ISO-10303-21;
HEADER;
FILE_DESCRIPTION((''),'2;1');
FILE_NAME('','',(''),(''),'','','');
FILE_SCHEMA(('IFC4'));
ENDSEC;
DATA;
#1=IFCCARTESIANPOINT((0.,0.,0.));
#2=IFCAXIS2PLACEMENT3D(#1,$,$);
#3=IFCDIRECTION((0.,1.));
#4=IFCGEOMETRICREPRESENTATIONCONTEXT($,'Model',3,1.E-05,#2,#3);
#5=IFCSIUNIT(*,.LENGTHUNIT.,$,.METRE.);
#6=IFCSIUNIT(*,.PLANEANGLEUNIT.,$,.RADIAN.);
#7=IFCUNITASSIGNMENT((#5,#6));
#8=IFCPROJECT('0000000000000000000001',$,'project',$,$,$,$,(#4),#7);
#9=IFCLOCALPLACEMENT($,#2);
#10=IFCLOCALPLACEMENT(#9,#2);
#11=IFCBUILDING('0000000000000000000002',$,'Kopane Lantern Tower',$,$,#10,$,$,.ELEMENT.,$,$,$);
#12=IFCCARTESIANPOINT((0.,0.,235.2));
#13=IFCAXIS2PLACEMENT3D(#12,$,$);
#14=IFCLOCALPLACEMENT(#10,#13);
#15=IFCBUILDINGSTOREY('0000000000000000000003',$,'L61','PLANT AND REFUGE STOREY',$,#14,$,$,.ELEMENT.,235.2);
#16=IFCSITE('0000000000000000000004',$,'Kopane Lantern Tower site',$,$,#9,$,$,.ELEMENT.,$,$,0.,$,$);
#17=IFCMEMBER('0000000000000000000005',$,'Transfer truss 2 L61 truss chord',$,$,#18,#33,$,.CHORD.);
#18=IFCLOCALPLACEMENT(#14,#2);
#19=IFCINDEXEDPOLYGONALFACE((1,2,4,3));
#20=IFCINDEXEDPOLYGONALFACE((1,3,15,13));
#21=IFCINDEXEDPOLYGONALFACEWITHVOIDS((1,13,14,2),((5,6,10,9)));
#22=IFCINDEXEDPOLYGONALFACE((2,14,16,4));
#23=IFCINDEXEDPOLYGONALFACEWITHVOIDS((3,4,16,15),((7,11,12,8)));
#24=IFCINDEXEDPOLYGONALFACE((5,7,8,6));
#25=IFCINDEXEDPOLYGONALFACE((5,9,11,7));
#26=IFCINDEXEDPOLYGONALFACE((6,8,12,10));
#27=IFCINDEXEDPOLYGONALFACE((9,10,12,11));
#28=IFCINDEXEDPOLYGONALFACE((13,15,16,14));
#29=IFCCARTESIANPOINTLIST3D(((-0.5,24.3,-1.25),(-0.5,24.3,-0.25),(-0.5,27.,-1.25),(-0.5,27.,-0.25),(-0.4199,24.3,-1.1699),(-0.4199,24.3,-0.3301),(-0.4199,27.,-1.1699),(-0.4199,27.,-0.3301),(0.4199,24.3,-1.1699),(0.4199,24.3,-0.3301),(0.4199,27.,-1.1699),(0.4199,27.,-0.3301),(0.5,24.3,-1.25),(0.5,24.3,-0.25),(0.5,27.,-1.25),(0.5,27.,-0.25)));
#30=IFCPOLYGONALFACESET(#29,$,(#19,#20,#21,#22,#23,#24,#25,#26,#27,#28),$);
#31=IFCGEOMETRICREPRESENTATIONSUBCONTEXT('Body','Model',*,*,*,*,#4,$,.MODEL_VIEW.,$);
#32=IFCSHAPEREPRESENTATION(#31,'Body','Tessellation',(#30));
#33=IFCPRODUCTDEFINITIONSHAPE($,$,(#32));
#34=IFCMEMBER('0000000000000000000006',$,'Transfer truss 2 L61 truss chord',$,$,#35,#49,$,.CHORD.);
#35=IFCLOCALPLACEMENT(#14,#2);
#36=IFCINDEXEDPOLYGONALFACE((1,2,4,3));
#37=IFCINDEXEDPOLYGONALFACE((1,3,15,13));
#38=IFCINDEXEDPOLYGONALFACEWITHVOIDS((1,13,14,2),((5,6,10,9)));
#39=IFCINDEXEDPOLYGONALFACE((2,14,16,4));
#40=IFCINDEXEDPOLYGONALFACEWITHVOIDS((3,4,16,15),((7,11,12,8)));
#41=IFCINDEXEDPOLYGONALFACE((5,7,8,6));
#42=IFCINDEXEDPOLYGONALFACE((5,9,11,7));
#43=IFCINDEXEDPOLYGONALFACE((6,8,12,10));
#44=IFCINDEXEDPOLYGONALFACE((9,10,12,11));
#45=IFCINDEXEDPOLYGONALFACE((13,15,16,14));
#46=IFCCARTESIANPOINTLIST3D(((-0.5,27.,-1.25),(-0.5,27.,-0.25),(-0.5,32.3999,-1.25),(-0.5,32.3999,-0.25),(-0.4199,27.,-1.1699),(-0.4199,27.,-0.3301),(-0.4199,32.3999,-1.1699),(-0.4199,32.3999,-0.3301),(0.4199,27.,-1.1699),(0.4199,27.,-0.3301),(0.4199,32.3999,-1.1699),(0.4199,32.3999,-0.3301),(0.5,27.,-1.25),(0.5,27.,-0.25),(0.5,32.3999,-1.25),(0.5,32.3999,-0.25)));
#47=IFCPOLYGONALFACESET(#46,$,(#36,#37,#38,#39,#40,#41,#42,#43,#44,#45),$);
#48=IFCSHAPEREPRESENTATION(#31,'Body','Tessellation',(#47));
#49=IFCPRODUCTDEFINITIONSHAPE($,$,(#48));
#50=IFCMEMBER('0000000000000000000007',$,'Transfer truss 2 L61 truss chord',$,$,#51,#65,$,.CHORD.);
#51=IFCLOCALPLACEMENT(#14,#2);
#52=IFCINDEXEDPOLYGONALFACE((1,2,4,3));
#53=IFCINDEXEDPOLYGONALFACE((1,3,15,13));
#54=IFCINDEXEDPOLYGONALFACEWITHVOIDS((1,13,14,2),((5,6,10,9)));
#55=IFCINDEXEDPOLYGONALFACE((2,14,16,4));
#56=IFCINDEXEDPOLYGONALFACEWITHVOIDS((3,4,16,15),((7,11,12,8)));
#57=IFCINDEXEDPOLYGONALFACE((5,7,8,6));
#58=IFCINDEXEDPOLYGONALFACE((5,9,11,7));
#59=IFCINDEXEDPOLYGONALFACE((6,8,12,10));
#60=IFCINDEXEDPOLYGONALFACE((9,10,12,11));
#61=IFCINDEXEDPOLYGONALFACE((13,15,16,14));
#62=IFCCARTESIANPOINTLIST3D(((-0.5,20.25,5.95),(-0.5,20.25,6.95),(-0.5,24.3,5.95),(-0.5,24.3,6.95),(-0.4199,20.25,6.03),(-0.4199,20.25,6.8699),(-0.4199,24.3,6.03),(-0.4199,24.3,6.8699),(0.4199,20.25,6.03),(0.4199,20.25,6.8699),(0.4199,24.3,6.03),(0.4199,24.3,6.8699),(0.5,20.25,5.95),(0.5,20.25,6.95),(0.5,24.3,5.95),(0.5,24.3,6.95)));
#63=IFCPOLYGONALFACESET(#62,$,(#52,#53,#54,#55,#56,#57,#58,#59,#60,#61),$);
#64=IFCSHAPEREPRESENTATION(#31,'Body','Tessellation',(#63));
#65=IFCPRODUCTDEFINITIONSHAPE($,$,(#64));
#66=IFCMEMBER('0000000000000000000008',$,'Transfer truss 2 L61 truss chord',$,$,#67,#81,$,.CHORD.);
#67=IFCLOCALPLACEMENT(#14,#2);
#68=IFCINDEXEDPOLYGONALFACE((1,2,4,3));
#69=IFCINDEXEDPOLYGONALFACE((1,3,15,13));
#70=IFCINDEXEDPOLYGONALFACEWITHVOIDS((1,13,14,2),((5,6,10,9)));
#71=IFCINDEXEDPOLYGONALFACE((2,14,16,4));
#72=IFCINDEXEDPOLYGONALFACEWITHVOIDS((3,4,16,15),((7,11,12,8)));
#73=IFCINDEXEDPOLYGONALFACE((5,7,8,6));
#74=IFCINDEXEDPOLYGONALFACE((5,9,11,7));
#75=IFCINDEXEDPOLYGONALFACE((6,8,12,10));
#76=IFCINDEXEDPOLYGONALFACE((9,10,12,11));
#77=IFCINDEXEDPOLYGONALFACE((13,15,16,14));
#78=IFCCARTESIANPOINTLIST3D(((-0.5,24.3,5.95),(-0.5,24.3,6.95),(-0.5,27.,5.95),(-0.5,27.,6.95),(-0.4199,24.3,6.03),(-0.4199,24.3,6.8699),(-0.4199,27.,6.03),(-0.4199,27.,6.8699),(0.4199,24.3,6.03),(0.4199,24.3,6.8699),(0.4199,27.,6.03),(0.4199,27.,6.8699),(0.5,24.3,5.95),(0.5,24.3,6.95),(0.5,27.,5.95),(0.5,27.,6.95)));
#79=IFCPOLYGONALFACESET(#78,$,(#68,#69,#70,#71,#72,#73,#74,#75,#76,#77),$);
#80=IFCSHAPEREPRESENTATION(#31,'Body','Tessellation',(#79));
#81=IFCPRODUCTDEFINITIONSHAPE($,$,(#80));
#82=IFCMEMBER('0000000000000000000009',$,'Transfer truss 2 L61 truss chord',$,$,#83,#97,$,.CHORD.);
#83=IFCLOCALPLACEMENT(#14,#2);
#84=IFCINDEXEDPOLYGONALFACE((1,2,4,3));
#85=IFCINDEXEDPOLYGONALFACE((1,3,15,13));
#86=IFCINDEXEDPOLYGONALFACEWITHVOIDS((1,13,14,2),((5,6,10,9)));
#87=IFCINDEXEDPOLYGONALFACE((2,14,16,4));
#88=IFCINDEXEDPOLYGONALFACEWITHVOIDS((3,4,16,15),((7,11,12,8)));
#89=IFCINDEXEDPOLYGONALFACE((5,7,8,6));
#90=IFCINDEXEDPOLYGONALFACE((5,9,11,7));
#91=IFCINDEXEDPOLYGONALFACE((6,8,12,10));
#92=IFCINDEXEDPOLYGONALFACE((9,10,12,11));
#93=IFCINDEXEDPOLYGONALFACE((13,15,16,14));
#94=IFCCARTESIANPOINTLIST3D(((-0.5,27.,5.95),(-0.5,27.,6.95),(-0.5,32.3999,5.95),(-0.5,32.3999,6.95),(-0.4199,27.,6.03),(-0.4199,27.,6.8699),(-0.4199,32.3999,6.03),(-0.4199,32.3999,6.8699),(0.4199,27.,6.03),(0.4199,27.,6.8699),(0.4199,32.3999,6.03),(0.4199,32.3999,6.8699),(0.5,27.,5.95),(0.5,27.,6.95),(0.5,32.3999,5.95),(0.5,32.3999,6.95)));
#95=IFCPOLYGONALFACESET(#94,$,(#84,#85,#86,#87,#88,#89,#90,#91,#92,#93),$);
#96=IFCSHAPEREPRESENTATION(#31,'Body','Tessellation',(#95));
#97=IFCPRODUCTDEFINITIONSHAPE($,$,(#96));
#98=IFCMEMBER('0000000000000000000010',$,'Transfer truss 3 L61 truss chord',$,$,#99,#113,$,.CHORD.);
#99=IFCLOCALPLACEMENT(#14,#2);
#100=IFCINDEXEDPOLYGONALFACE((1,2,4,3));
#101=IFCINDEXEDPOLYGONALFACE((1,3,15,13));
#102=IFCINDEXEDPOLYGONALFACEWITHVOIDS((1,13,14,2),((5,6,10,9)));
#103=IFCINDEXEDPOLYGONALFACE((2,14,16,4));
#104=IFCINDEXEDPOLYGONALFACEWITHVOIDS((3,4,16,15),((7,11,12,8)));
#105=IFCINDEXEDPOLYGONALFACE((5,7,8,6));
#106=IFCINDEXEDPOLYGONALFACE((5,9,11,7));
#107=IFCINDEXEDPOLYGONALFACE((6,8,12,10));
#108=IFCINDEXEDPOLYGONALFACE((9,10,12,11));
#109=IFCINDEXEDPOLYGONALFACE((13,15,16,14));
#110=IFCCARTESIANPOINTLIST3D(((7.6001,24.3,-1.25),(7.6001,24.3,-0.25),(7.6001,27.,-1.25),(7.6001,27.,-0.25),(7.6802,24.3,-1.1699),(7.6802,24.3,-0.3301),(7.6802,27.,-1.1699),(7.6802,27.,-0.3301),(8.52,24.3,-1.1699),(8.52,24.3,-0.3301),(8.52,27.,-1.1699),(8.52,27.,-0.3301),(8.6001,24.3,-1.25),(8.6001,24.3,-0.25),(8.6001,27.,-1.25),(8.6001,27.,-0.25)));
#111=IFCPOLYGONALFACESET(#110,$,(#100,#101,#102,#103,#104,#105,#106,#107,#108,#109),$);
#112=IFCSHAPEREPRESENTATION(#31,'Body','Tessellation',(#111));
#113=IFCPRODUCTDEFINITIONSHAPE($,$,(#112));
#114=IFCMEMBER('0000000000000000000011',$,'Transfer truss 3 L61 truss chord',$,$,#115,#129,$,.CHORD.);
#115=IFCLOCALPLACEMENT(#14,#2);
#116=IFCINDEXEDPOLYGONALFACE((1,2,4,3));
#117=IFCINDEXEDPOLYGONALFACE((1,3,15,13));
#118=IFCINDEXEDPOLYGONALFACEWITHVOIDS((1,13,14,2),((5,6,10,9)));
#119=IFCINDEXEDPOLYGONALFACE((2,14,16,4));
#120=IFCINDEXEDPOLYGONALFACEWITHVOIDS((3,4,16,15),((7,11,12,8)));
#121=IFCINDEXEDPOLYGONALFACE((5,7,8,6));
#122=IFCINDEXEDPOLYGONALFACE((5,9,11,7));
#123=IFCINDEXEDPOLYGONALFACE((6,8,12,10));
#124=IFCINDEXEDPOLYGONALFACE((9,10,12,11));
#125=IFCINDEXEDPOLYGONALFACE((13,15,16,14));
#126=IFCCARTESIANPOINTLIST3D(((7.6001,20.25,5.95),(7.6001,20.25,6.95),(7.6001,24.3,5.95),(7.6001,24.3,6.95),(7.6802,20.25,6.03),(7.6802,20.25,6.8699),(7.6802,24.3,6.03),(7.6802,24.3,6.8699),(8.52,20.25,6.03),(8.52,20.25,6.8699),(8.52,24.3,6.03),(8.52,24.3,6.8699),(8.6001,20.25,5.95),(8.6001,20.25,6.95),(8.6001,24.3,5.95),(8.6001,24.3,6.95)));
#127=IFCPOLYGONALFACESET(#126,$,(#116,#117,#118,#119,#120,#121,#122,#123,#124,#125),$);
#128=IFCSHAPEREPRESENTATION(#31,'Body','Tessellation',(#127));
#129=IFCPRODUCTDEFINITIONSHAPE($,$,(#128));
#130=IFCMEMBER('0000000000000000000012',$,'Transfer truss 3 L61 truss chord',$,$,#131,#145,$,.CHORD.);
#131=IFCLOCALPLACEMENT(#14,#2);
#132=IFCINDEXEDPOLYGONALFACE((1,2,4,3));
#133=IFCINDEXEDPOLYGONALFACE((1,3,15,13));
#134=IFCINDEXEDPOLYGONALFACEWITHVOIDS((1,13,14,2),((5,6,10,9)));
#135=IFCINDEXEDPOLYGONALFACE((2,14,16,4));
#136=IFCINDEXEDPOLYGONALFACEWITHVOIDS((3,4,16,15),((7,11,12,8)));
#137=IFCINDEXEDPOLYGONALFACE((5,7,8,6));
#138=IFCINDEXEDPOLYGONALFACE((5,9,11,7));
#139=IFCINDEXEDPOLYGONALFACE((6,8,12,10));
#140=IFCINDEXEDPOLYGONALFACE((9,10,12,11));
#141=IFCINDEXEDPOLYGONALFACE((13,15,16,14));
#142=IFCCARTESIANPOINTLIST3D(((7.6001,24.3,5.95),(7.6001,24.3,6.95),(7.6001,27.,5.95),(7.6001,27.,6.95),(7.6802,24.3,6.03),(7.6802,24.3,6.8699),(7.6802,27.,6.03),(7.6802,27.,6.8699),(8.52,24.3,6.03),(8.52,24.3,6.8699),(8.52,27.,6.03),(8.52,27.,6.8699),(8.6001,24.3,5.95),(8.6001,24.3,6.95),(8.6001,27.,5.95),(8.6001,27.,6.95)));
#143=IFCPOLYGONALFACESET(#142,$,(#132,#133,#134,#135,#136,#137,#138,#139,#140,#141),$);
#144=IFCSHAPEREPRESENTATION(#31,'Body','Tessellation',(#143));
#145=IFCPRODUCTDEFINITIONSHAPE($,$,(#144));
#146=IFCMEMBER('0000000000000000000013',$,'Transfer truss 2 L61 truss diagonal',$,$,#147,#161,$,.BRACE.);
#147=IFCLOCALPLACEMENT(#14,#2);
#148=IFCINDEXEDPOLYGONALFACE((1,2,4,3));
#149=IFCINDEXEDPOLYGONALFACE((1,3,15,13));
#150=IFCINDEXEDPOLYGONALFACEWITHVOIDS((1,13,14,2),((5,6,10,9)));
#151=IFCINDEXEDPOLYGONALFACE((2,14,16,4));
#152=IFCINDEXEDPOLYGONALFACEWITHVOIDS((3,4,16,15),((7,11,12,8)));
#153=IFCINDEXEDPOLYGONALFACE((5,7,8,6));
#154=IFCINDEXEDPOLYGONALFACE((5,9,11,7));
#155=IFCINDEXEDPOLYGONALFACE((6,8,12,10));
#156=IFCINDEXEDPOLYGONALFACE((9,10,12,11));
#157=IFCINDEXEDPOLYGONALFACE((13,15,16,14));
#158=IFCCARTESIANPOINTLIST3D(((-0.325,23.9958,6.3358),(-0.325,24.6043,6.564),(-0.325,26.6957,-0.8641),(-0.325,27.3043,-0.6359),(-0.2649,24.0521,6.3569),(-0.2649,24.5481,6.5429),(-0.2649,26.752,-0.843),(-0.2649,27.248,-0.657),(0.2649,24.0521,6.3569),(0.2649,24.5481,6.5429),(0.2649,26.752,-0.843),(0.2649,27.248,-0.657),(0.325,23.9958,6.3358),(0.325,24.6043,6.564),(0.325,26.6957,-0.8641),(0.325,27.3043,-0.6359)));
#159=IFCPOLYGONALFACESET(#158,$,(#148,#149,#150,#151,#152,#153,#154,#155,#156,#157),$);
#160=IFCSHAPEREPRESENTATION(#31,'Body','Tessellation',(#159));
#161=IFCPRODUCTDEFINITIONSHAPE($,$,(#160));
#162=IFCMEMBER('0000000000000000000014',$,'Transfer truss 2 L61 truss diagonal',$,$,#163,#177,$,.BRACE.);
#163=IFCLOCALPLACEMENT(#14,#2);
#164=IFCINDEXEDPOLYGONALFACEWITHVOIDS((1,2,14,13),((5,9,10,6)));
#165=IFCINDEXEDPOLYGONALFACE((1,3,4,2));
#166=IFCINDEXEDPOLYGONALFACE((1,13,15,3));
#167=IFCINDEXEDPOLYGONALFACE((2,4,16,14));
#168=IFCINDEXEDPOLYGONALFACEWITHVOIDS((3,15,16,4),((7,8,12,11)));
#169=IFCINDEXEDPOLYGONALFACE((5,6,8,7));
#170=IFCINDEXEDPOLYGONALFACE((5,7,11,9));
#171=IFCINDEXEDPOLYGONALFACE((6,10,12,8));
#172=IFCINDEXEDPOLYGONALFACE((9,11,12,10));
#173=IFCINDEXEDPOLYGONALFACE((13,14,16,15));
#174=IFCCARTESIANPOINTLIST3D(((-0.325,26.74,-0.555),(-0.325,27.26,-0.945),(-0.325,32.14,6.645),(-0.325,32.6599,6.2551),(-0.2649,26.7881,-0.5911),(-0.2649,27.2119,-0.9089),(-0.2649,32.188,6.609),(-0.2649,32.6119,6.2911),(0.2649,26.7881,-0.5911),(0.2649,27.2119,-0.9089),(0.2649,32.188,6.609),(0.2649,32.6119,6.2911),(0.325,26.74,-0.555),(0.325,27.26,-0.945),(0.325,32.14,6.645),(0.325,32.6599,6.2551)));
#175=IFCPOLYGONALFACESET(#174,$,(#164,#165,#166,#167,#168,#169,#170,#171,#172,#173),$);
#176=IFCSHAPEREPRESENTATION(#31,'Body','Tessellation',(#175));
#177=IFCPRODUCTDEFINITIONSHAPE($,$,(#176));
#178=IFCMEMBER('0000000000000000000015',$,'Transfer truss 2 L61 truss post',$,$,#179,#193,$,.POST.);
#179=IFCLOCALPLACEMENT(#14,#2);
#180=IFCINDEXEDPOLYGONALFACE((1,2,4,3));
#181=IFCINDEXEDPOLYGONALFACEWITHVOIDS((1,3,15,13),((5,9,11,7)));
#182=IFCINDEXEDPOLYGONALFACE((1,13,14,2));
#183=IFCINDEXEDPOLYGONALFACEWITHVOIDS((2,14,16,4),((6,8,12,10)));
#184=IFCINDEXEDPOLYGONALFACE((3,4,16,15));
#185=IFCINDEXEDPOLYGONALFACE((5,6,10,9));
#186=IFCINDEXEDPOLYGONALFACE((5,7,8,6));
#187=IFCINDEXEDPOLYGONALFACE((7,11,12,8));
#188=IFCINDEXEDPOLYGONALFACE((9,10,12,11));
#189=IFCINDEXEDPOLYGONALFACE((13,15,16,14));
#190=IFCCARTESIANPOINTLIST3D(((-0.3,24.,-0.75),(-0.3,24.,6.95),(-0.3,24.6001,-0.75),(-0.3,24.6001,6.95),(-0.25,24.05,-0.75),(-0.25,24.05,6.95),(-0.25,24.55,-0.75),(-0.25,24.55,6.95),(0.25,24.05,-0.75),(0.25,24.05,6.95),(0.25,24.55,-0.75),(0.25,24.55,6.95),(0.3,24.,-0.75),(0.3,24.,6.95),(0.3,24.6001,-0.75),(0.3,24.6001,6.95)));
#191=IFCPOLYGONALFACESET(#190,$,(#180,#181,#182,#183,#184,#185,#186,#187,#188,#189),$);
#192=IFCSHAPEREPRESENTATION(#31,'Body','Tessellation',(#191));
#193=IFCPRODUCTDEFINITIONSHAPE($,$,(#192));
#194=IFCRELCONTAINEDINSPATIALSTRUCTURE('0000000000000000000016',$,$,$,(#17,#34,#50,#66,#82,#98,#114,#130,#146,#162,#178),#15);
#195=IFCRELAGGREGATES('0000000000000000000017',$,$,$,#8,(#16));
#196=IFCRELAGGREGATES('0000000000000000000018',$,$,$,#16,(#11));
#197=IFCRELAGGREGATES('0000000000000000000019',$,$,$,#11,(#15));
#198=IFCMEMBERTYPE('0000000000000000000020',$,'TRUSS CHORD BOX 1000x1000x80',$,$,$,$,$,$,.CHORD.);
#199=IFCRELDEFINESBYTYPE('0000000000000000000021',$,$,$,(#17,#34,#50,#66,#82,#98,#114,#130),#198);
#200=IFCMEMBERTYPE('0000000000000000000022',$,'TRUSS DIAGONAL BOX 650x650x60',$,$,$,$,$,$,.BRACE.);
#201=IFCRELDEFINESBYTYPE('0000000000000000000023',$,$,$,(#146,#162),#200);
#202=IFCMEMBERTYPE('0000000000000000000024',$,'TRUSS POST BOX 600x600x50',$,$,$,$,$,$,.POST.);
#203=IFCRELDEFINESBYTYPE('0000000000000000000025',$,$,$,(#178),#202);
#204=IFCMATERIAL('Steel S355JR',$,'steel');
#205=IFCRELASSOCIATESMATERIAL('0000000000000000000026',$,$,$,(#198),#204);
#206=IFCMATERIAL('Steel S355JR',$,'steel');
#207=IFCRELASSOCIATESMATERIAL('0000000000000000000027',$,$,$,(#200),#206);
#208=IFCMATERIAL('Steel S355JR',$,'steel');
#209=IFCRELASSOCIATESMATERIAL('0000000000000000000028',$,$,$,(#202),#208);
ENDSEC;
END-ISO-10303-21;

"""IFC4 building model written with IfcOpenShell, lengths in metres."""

from ifc_helpers import new_model, si_unit, direction, frame, origin, origin_2d, place, context, subcontext, project, spatial, hollow_rectangle, extrude, material, material_profile, profile_set, type_object, element, save


model = new_model("IFC4")

# Units and contexts
model_context = context("Model", 3, precision=1e-05, world=origin(), true_north=direction((0.0, 1.0)))
body_context = subcontext(model_context, "Body", "Model", "MODEL_VIEW")
ifc_project = project(units=[si_unit("LENGTHUNIT", "METRE"), si_unit("PLANEANGLEUNIT", "RADIAN")], contexts=[model_context])

# Site, building, storey
site_placement = place(None, origin())
site = spatial("IfcSite", under=ifc_project, at=site_placement, Name="Kopane Lantern Tower site", CompositionType="ELEMENT", RefElevation=0.0)
building_placement = place(site_placement, origin())
building = spatial("IfcBuilding", under=site, at=building_placement, Name="Kopane Lantern Tower", CompositionType="ELEMENT")
storey_placement = place(building_placement, frame((0.0, 0.0, 235.2)))
storey = spatial("IfcBuildingStorey", under=building, at=storey_placement, Name="L61", Description="PLANT AND REFUGE STOREY", CompositionType="ELEMENT", Elevation=235.2)

# Members
ifc_material_1 = material(Name="Steel S355JR", Category="steel")
ifc_material_profile_1 = material_profile(ifc_material_1, hollow_rectangle(XDim=1.0, YDim=1.0, WallThickness=0.0801, at=origin_2d()), Name="BOX 1000x1000x80")
ifc_profile_set_1 = profile_set([ifc_material_profile_1], Name="Steel S355JR")
member_type_1 = type_object("IfcMemberType", Name="TRUSS CHORD BOX 1000x1000x80", PredefinedType="CHORD", material=ifc_profile_set_1)
member_1_placement = place(storey_placement, frame((0.0, 24.3, -0.75), z_axis=(0.0, 1.0, 0.0), x_axis=(-1.0, 0.0, 0.0)))
element("IfcMember", 1, at=member_1_placement, inside=storey, type_object=member_type_1, Name="Transfer truss 2 L61 truss chord", PredefinedType="CHORD", context=body_context, shape_type="SweptSolid", body=[
    extrude(hollow_rectangle(XDim=1.0, YDim=1.0, WallThickness=0.0801, at=origin_2d()), origin(), (0.0, 0.0, 1.0), 2.7),
])
member_2_placement = place(storey_placement, frame((0.0, 27.0, -0.75), z_axis=(0.0, 1.0, 0.0), x_axis=(-1.0, 0.0, 0.0)))
element("IfcMember", 2, at=member_2_placement, inside=storey, type_object=member_type_1, Name="Transfer truss 2 L61 truss chord", PredefinedType="CHORD", context=body_context, shape_type="SweptSolid", body=[
    extrude(hollow_rectangle(XDim=1.0, YDim=1.0, WallThickness=0.0801, at=origin_2d()), origin(), (0.0, 0.0, 1.0), 5.3999),
])
member_3_placement = place(storey_placement, frame((0.0, 20.25, 6.45), z_axis=(0.0, 1.0, 0.0), x_axis=(-1.0, 0.0, 0.0)))
element("IfcMember", 3, at=member_3_placement, inside=storey, type_object=member_type_1, Name="Transfer truss 2 L61 truss chord", PredefinedType="CHORD", context=body_context, shape_type="SweptSolid", body=[
    extrude(hollow_rectangle(XDim=1.0, YDim=1.0, WallThickness=0.0801, at=origin_2d()), origin(), (0.0, 0.0, 1.0), 4.05),
])
member_4_placement = place(storey_placement, frame((0.0, 24.3, 6.45), z_axis=(0.0, 1.0, 0.0), x_axis=(-1.0, 0.0, 0.0)))
element("IfcMember", 4, at=member_4_placement, inside=storey, type_object=member_type_1, Name="Transfer truss 2 L61 truss chord", PredefinedType="CHORD", context=body_context, shape_type="SweptSolid", body=[
    extrude(hollow_rectangle(XDim=1.0, YDim=1.0, WallThickness=0.0801, at=origin_2d()), origin(), (0.0, 0.0, 1.0), 2.7),
])
member_5_placement = place(storey_placement, frame((0.0, 27.0, 6.45), z_axis=(0.0, 1.0, 0.0), x_axis=(-1.0, 0.0, 0.0)))
element("IfcMember", 5, at=member_5_placement, inside=storey, type_object=member_type_1, Name="Transfer truss 2 L61 truss chord", PredefinedType="CHORD", context=body_context, shape_type="SweptSolid", body=[
    extrude(hollow_rectangle(XDim=1.0, YDim=1.0, WallThickness=0.0801, at=origin_2d()), origin(), (0.0, 0.0, 1.0), 5.3999),
])
member_6_placement = place(storey_placement, frame((8.1001, 24.3, -0.75), z_axis=(0.0, 1.0, 0.0), x_axis=(-1.0, 0.0, 0.0)))
element("IfcMember", 6, at=member_6_placement, inside=storey, type_object=member_type_1, Name="Transfer truss 3 L61 truss chord", PredefinedType="CHORD", context=body_context, shape_type="SweptSolid", body=[
    extrude(hollow_rectangle(XDim=1.0, YDim=1.0, WallThickness=0.0801, at=origin_2d()), origin(), (0.0, 0.0, 1.0), 2.7),
])
member_7_placement = place(storey_placement, frame((8.1001, 20.25, 6.45), z_axis=(0.0, 1.0, 0.0), x_axis=(-1.0, 0.0, 0.0)))
element("IfcMember", 7, at=member_7_placement, inside=storey, type_object=member_type_1, Name="Transfer truss 3 L61 truss chord", PredefinedType="CHORD", context=body_context, shape_type="SweptSolid", body=[
    extrude(hollow_rectangle(XDim=1.0, YDim=1.0, WallThickness=0.0801, at=origin_2d()), origin(), (0.0, 0.0, 1.0), 4.05),
])
member_8_placement = place(storey_placement, frame((8.1001, 24.3, 6.45), z_axis=(0.0, 1.0, 0.0), x_axis=(-1.0, 0.0, 0.0)))
element("IfcMember", 8, at=member_8_placement, inside=storey, type_object=member_type_1, Name="Transfer truss 3 L61 truss chord", PredefinedType="CHORD", context=body_context, shape_type="SweptSolid", body=[
    extrude(hollow_rectangle(XDim=1.0, YDim=1.0, WallThickness=0.0801, at=origin_2d()), origin(), (0.0, 0.0, 1.0), 2.7),
])
ifc_material_2 = material(Name="Steel S355JR", Category="steel")
ifc_material_profile_2 = material_profile(ifc_material_2, hollow_rectangle(XDim=0.6499, YDim=0.6499, WallThickness=0.0601, at=origin_2d()), Name="BOX 650x650x60")
ifc_profile_set_2 = profile_set([ifc_material_profile_2], Name="Steel S355JR")
member_type_2 = type_object("IfcMemberType", Name="TRUSS DIAGONAL BOX 650x650x60", PredefinedType="BRACE", material=ifc_profile_set_2)
member_9_placement = place(storey_placement, frame((0.0, 27.0, -0.75), z_axis=(0.0, -0.35112, 0.93633), x_axis=(1.0, 0.0, 0.0)))
element("IfcMember", 9, at=member_9_placement, inside=storey, type_object=member_type_2, Name="Transfer truss 2 L61 truss diagonal", PredefinedType="BRACE", context=body_context, shape_type="SweptSolid", body=[
    extrude(hollow_rectangle(XDim=0.6499, YDim=0.6499, WallThickness=0.0601, at=origin_2d()), origin(), (0.0, 0.0, 1.0), 7.6895),
])
member_10_placement = place(storey_placement, frame((0.0, 27.0, -0.75), z_axis=(0.0, 0.599996, 0.800003), x_axis=(-1.0, 0.0, 0.0)))
element("IfcMember", 10, at=member_10_placement, inside=storey, type_object=member_type_2, Name="Transfer truss 2 L61 truss diagonal", PredefinedType="BRACE", context=body_context, shape_type="SweptSolid", body=[
    extrude(hollow_rectangle(XDim=0.6499, YDim=0.6499, WallThickness=0.0601, at=origin_2d()), origin(), (0.0, 0.0, 1.0), 9.0),
])
ifc_material_3 = material(Name="Steel S355JR", Category="steel")
ifc_material_profile_3 = material_profile(ifc_material_3, hollow_rectangle(XDim=0.6001, YDim=0.6001, WallThickness=0.05, at=origin_2d()), Name="BOX 600x600x50")
ifc_profile_set_3 = profile_set([ifc_material_profile_3], Name="Steel S355JR")
member_type_3 = type_object("IfcMemberType", Name="TRUSS POST BOX 600x600x50", PredefinedType="POST", material=ifc_profile_set_3)
for number, where, z_axis, x_axis, name in (
    (11, (0.0, 24.3, -0.75), (0.0, 0.0, 1.0), (1.0, 0.0, 0.0), "Transfer truss 2 L61 truss post"),
):
    element("IfcMember", number, at=place(storey_placement, frame(where, z_axis=z_axis, x_axis=x_axis)), inside=storey, type_object=member_type_3, Name=name, PredefinedType="POST", context=body_context, shape_type="SweptSolid", body=[
        extrude(hollow_rectangle(XDim=0.6001, YDim=0.6001, WallThickness=0.05, at=origin_2d()), origin(), (0.0, 0.0, 1.0), 7.7),
    ])

save(model, "model.ifc")
